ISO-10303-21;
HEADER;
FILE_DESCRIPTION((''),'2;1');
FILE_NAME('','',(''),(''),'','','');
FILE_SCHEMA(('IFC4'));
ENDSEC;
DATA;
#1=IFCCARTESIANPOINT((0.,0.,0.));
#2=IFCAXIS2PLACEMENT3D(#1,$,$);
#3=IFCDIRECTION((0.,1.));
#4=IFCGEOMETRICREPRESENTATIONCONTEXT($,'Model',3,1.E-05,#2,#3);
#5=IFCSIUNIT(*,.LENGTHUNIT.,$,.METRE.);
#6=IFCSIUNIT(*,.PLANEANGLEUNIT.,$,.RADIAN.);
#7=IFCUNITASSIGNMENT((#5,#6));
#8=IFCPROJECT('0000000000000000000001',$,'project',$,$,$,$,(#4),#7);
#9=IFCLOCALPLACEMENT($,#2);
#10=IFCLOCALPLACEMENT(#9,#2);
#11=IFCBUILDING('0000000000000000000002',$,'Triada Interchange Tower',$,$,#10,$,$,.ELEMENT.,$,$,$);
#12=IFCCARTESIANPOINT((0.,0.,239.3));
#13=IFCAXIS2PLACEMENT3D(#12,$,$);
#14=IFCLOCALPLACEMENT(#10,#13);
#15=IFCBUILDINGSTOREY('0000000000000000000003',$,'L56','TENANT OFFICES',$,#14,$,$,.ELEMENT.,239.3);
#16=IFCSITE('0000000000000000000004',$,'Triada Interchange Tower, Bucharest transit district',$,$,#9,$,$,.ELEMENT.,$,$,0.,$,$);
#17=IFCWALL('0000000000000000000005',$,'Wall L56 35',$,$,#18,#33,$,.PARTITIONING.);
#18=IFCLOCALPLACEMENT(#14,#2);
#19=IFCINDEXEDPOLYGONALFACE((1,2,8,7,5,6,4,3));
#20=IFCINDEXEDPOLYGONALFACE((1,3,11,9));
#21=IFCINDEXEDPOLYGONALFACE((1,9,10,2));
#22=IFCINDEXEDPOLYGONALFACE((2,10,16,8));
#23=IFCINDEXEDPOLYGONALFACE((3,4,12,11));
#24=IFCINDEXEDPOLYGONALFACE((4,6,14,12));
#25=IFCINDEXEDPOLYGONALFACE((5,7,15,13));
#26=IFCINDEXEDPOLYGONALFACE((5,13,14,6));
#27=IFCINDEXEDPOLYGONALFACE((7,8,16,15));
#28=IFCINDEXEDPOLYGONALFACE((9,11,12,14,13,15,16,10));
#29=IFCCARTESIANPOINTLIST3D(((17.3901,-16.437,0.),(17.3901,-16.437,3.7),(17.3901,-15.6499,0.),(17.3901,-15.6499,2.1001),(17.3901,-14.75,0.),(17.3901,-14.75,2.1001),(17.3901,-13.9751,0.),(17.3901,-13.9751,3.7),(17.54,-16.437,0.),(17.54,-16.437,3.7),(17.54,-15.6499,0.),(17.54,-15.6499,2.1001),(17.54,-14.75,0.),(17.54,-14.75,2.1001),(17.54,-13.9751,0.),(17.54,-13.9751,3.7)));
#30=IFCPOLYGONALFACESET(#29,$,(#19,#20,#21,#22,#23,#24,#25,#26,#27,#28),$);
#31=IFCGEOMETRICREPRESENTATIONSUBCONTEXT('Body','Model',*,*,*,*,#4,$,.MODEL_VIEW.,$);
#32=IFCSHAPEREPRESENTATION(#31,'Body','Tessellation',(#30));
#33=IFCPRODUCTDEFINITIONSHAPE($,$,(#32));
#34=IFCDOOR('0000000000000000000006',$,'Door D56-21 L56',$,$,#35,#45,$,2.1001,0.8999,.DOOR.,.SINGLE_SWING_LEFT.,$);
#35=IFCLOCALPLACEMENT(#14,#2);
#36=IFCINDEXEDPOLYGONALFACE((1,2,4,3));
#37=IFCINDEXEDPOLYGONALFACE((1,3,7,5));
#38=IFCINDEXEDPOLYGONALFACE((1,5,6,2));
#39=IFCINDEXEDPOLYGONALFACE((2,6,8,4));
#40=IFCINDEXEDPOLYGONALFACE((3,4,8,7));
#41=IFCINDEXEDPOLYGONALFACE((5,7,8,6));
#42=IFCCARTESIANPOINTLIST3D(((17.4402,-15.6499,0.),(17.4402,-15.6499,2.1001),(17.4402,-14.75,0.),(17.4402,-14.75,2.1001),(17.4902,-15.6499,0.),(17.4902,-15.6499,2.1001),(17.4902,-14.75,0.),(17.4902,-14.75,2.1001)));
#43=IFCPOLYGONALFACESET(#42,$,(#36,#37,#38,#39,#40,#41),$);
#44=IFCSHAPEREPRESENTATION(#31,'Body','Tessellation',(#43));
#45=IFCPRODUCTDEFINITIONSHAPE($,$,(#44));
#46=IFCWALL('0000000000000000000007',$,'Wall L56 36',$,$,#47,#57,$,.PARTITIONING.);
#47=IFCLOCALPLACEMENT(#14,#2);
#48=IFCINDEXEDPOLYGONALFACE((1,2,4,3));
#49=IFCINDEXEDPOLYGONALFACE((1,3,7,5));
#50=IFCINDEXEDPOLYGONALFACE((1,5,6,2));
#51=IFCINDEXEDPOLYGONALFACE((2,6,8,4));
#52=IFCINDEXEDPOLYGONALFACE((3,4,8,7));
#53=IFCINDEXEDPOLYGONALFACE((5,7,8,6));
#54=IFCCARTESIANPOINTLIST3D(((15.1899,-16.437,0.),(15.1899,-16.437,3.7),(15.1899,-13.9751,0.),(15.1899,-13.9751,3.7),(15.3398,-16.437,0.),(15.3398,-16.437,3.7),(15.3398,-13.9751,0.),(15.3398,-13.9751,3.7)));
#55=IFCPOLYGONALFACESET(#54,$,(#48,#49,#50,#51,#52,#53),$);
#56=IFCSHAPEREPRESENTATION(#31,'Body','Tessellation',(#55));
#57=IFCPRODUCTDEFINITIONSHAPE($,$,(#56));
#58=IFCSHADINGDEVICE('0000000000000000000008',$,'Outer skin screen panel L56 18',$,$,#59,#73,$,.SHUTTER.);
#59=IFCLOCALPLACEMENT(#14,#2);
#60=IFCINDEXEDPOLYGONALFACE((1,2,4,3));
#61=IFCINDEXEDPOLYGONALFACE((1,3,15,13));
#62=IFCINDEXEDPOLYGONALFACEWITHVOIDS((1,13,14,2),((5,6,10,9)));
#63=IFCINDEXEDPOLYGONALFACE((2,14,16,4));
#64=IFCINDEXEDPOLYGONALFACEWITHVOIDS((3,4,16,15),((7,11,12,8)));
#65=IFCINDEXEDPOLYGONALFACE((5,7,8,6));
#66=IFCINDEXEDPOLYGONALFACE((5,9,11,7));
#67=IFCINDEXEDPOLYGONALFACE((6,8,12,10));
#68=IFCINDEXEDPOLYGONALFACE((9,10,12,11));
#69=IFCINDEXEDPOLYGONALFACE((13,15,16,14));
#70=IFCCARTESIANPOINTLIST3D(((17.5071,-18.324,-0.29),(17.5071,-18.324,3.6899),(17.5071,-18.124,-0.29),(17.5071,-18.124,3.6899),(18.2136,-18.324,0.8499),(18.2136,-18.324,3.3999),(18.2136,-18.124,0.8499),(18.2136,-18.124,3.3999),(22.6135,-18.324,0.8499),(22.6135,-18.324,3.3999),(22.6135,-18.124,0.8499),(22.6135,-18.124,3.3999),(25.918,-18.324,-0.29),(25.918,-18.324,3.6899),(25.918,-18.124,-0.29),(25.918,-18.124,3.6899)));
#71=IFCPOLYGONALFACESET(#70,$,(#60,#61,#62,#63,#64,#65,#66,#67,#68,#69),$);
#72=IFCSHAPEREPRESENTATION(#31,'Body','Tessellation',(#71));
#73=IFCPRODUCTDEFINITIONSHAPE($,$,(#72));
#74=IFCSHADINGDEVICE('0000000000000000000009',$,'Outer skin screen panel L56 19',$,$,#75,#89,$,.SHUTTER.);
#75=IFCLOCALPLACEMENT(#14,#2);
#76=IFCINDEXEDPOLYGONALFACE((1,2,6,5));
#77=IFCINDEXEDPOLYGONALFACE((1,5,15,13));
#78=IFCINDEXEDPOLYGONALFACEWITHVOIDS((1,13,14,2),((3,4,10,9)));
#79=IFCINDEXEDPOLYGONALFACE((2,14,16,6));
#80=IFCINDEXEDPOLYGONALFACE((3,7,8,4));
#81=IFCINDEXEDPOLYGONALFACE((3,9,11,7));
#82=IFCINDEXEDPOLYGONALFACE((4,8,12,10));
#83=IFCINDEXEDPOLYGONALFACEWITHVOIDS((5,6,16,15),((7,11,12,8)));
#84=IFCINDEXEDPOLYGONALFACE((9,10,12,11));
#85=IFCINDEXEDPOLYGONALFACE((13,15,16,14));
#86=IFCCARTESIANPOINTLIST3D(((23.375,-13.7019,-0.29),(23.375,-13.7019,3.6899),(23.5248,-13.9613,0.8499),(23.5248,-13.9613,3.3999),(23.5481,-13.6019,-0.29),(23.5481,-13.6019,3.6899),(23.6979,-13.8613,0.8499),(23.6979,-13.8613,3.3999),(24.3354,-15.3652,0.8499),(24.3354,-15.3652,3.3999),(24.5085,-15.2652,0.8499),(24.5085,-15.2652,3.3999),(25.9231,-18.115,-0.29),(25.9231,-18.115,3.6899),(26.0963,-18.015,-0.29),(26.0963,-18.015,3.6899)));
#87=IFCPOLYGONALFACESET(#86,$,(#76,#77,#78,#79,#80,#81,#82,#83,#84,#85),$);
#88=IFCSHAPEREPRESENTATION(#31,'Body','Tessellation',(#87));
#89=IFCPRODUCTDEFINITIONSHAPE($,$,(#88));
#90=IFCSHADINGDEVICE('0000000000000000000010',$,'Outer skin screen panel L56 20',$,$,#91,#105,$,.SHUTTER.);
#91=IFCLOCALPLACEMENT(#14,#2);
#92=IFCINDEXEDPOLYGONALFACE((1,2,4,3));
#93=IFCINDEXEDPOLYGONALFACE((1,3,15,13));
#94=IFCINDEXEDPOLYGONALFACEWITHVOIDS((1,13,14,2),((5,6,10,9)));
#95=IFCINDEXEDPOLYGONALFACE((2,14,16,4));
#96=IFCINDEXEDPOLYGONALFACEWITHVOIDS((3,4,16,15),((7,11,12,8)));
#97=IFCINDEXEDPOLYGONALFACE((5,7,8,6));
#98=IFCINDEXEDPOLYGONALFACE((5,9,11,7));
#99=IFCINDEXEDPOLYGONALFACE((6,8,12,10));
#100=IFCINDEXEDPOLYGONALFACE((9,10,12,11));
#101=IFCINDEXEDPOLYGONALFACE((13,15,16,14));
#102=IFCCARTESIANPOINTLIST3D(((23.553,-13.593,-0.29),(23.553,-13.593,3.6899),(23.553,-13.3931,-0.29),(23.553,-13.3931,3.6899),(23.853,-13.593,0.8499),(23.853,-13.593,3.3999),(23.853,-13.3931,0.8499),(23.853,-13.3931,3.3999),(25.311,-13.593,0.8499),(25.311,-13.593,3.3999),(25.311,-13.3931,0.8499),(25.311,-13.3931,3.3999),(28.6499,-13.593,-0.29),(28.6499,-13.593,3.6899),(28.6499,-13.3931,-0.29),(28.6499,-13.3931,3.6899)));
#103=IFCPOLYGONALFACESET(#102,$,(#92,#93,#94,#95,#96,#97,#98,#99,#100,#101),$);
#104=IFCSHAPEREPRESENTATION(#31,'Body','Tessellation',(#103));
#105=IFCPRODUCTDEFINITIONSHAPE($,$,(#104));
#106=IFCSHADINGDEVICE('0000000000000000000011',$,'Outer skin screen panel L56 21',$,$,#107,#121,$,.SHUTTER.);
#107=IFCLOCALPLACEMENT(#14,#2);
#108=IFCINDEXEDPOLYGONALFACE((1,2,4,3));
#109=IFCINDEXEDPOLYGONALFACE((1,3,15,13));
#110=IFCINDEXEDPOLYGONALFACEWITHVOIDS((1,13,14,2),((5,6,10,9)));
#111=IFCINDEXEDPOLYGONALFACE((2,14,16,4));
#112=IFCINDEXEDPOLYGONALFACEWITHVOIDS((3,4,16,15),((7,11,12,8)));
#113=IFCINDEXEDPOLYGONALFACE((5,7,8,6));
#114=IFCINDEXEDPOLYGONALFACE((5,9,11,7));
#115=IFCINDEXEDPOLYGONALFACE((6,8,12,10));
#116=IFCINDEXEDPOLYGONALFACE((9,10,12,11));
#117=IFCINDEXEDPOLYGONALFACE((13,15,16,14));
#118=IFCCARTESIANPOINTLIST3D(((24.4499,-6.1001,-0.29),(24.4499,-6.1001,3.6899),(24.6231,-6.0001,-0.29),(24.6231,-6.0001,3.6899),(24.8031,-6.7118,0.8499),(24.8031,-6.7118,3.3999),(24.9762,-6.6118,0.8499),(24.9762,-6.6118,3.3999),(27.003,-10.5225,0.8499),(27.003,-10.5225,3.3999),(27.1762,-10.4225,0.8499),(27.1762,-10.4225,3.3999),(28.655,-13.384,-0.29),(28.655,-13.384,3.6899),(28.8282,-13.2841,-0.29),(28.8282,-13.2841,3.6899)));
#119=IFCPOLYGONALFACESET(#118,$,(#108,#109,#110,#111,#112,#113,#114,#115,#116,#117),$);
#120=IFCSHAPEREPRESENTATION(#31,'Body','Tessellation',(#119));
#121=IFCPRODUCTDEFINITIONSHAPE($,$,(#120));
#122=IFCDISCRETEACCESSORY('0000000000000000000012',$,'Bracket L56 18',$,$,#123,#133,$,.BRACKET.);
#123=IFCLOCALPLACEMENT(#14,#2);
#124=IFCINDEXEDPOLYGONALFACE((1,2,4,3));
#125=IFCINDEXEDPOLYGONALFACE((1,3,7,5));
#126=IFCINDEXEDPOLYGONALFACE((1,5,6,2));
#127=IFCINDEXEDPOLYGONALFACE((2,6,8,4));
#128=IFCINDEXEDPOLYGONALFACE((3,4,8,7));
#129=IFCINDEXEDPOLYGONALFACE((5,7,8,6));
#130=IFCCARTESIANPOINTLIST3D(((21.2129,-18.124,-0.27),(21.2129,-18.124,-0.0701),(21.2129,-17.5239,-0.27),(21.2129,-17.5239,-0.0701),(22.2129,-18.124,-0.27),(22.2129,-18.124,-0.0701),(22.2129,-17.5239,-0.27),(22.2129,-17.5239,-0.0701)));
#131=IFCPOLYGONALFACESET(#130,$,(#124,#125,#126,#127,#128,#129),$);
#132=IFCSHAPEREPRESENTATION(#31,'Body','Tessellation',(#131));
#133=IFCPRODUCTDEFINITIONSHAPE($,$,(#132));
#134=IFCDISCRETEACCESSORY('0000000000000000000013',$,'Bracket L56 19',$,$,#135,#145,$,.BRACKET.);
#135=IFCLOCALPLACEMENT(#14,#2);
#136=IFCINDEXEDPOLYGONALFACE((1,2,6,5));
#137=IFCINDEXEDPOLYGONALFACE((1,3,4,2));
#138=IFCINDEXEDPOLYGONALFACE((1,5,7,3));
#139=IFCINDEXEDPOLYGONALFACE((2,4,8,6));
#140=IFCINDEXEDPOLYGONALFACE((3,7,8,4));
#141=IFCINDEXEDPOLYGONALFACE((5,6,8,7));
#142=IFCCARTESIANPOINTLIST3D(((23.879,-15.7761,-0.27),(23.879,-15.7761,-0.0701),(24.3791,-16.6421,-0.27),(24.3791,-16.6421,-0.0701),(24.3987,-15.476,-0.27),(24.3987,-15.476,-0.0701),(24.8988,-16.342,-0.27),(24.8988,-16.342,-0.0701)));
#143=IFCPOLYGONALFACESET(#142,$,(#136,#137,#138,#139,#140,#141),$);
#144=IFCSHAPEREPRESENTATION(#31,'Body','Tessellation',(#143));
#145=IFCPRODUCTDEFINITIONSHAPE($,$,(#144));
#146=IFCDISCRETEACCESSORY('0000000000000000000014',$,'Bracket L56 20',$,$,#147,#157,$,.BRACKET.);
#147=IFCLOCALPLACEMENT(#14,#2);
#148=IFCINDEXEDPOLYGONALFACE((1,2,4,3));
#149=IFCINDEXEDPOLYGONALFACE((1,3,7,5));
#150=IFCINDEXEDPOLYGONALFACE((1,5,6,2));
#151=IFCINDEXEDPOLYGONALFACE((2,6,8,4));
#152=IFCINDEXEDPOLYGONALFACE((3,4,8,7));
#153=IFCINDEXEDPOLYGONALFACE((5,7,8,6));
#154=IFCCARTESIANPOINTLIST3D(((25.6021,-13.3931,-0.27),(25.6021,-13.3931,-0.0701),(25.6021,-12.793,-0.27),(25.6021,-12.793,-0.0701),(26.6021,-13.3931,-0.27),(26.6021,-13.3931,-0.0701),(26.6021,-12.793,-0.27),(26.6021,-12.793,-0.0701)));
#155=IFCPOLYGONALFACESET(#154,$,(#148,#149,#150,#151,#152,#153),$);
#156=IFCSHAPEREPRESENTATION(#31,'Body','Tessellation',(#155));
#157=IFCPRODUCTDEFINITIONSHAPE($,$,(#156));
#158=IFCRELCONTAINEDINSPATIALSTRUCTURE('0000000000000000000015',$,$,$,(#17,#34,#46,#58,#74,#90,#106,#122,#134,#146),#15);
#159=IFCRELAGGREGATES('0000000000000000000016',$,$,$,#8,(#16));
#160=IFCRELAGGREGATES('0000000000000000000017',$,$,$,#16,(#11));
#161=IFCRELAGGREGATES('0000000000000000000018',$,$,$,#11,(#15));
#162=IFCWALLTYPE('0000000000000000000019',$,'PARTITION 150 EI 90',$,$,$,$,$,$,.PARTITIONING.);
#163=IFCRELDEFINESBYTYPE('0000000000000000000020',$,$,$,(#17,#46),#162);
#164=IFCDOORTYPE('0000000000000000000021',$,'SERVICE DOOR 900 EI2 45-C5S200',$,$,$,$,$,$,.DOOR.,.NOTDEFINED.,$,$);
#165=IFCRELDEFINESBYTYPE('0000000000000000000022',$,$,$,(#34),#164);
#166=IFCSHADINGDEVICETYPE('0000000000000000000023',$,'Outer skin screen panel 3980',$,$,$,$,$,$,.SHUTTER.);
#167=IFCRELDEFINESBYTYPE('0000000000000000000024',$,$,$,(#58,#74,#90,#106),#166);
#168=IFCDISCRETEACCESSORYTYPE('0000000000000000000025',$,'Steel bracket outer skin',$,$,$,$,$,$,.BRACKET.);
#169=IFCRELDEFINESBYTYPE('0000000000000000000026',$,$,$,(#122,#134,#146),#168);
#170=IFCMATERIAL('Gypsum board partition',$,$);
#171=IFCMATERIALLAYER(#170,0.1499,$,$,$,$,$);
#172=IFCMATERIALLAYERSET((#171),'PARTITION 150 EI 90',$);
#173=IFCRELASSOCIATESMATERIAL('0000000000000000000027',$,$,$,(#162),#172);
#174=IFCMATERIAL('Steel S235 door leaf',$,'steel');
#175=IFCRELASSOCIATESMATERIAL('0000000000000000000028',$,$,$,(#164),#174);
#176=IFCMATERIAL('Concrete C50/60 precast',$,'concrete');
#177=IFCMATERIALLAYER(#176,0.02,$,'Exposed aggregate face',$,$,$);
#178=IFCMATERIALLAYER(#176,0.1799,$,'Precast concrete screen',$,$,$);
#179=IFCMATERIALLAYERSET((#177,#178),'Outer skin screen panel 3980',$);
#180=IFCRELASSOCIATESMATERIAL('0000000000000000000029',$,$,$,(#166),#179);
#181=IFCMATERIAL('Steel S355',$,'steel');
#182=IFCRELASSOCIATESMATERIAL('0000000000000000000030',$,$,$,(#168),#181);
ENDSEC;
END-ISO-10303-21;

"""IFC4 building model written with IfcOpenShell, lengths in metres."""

from ifc_helpers import new_model, si_unit, direction, frame, frame_2d, origin, origin_2d, place, context, subcontext, project, spatial, polyline, rectangle, outline, extrude, material, layer, layer_set, type_object, element, fill, save


model = new_model("IFC4")

# Units and contexts
model_context = context("Model", 3, precision=1e-05, world=origin(), true_north=direction((0.0, 1.0)))
body_context = subcontext(model_context, "Body", "Model", "MODEL_VIEW")
ifc_project = project(units=[si_unit("LENGTHUNIT", "METRE"), si_unit("PLANEANGLEUNIT", "RADIAN")], contexts=[model_context])

# Site, building, storey
site_placement = place(None, origin())
site = spatial("IfcSite", under=ifc_project, at=site_placement, Name="Triada Interchange Tower, Bucharest transit district", CompositionType="ELEMENT", RefElevation=0.0)
building_placement = place(site_placement, origin())
building = spatial("IfcBuilding", under=site, at=building_placement, Name="Triada Interchange Tower", CompositionType="ELEMENT")
storey_placement = place(building_placement, frame((0.0, 0.0, 239.3)))
storey = spatial("IfcBuildingStorey", under=building, at=storey_placement, Name="L56", Description="TENANT OFFICES", CompositionType="ELEMENT", Elevation=239.3)

# Wall, opening, door
ifc_material_1 = material(Name="Gypsum board partition")
ifc_layer_1 = layer(ifc_material_1, 0.1499)
ifc_layer_set_1 = layer_set([ifc_layer_1], Name="PARTITION 150 EI 90")
wall_type_1 = type_object("IfcWallType", Name="PARTITION 150 EI 90", PredefinedType="PARTITIONING", material=ifc_layer_set_1)
wall_1_placement = place(storey_placement, frame((17.4651, -16.437, 0.0), z_axis=(0.0, 0.0, 1.0), x_axis=(0.0, 1.0, 0.0)))
wall_1 = element("IfcWall", 1, at=wall_1_placement, inside=storey, type_object=wall_type_1, Name="Wall L56 35", PredefinedType="PARTITIONING", context=body_context, shape_type="SweptSolid", body=[
    extrude(rectangle(XDim=2.4619, YDim=0.1499, at=frame_2d((1.231, 0.0))), origin(), (0.0, 0.0, 1.0), 3.7),
])
opening_1_placement = place(wall_1_placement, frame((0.7871, 0.0, 0.0)))
opening_1 = element("IfcOpeningElement", 2, at=opening_1_placement, cuts=wall_1, PredefinedType="OPENING", context=body_context, shape_type="SweptSolid", body=[
    extrude(rectangle(XDim=0.8999, YDim=2.1001, at=frame_2d((0.45, 1.05))), frame((0.0, 0.085, 0.0), z_axis=(0.0, -1.0, 0.0), x_axis=(1.0, 0.0, 0.0)), (0.0, 0.0, 1.0), 0.1699),
])
ifc_material_2 = material(Name="Steel S235 door leaf", Category="steel")
door_type = type_object("IfcDoorType", Name="SERVICE DOOR 900 EI2 45-C5S200", OperationType="NOTDEFINED", PredefinedType="DOOR", material=ifc_material_2)
door_placement = place(opening_1_placement, origin())
door = element("IfcDoor", 3, at=door_placement, inside=storey, type_object=door_type, Name="Door D56-21 L56", OperationType="SINGLE_SWING_LEFT", OverallHeight=2.1001, OverallWidth=0.8999, PredefinedType="DOOR", context=body_context, shape_type="SweptSolid", body=[
    extrude(rectangle(XDim=0.8999, YDim=2.1001, at=frame_2d((0.45, 1.05))), frame((0.0, 0.0249, 0.0), z_axis=(0.0, -1.0, 0.0), x_axis=(1.0, 0.0, 0.0)), (0.0, 0.0, 1.0), 0.05),
])
fill(opening_1, door)

# Wall
wall_2_placement = place(storey_placement, frame((15.2649, -16.437, 0.0), z_axis=(0.0, 0.0, 1.0), x_axis=(0.0, 1.0, 0.0)))
element("IfcWall", 4, at=wall_2_placement, inside=storey, type_object=wall_type_1, Name="Wall L56 36", PredefinedType="PARTITIONING", context=body_context, shape_type="SweptSolid", body=[
    extrude(rectangle(XDim=2.4619, YDim=0.1499, at=frame_2d((1.231, 0.0))), origin(), (0.0, 0.0, 1.0), 3.7),
])

# Shading devices
ifc_material_3 = material(Name="Concrete C50/60 precast", Category="concrete")
ifc_layer_2 = layer(ifc_material_3, 0.02, Name="Exposed aggregate face")
ifc_layer_3 = layer(ifc_material_3, 0.1799, Name="Precast concrete screen")
ifc_layer_set_2 = layer_set([ifc_layer_2, ifc_layer_3], Name="Outer skin screen panel 3980")
shading_device_type = type_object("IfcShadingDeviceType", Name="Outer skin screen panel 3980", PredefinedType="SHUTTER", material=ifc_layer_set_2)
shading_device_1_placement = place(storey_placement, frame((17.5071, -18.124, -0.29), z_axis=(0.0, 0.0, 1.0), x_axis=(1.0, 0.0, 0.0)))
element("IfcShadingDevice", 5, at=shading_device_1_placement, inside=storey, type_object=shading_device_type, Name="Outer skin screen panel L56 18", PredefinedType="SHUTTER", context=body_context, shape_type="SweptSolid", body=[
    extrude(outline(polyline([(0.0, 0.0), (8.4109, 0.0), (8.4109, 3.98), (0.0, 3.98), (0.0, 0.0)]), holes=[polyline([(0.7065, 1.1399), (0.7065, 3.6899), (5.1064, 3.6899), (5.1064, 1.1399), (0.7065, 1.1399)])]), frame((0.0, 0.0, 0.0), z_axis=(0.0, -1.0, 0.0), x_axis=(1.0, 0.0, 0.0)), (0.0, 0.0, 1.0), 0.2),
])
shading_device_2_placement = place(storey_placement, frame((25.9231, -18.115, -0.29), z_axis=(0.0, 0.0, 1.0), x_axis=(-0.500029, 0.866008, 0.0)))
element("IfcShadingDevice", 6, at=shading_device_2_placement, inside=storey, type_object=shading_device_type, Name="Outer skin screen panel L56 19", PredefinedType="SHUTTER", context=body_context, shape_type="SweptSolid", body=[
    extrude(outline(polyline([(0.0, 0.0), (5.0959, 0.0), (5.0959, 3.98), (0.0, 3.98), (0.0, 0.0)]), holes=[polyline([(3.1753, 1.1399), (3.1753, 3.6899), (4.7964, 3.6899), (4.7964, 1.1399), (3.1753, 1.1399)])]), frame((0.0, 0.0, 0.0), z_axis=(0.0, -1.0, 0.0), x_axis=(1.0, 0.0, 0.0)), (0.0, 0.0, 1.0), 0.2),
])
shading_device_3_placement = place(storey_placement, frame((23.553, -13.3931, -0.29), z_axis=(0.0, 0.0, 1.0), x_axis=(1.0, 0.0, 0.0)))
element("IfcShadingDevice", 7, at=shading_device_3_placement, inside=storey, type_object=shading_device_type, Name="Outer skin screen panel L56 20", PredefinedType="SHUTTER", context=body_context, shape_type="SweptSolid", body=[
    extrude(outline(polyline([(0.0, 0.0), (5.0969, 0.0), (5.0969, 3.98), (0.0, 3.98), (0.0, 0.0)]), holes=[polyline([(0.3, 1.1399), (0.3, 3.6899), (1.7581, 3.6899), (1.7581, 1.1399), (0.3, 1.1399)])]), frame((0.0, 0.0, 0.0), z_axis=(0.0, -1.0, 0.0), x_axis=(1.0, 0.0, 0.0)), (0.0, 0.0, 1.0), 0.2),
])
shading_device_4_placement = place(storey_placement, frame((28.655, -13.384, -0.29), z_axis=(0.0, 0.0, 1.0), x_axis=(-0.499973, 0.866041, 0.0)))
element("IfcShadingDevice", 8, at=shading_device_4_placement, inside=storey, type_object=shading_device_type, Name="Outer skin screen panel L56 21", PredefinedType="SHUTTER", context=body_context, shape_type="SweptSolid", body=[
    extrude(outline(polyline([(0.0, 0.0), (8.4106, 0.0), (8.4106, 3.98), (0.0, 3.98), (0.0, 0.0)]), holes=[polyline([(3.3042, 1.1399), (3.3042, 3.6899), (7.7043, 3.6899), (7.7043, 1.1399), (3.3042, 1.1399)])]), frame((0.0, 0.0, 0.0), z_axis=(0.0, -1.0, 0.0), x_axis=(1.0, 0.0, 0.0)), (0.0, 0.0, 1.0), 0.2),
])

# Discrete accessories
ifc_material_4 = material(Name="Steel S355", Category="steel")
discrete_accessory_type = type_object("IfcDiscreteAccessoryType", Name="Steel bracket outer skin", PredefinedType="BRACKET", material=ifc_material_4)
for number, where, z_axis, x_axis, name in (
    (9, (21.7129, -17.824, -0.27), (0.0, 0.0, 1.0), (0.0, -1.0, 0.0), "Bracket L56 18"),
    (10, (24.3889, -16.0591, -0.27), (0.0, 0.0, 1.0), (0.865981, 0.500076, 0.0), "Bracket L56 19"),
    (11, (26.1021, -13.093, -0.27), (0.0, 0.0, 1.0), (0.0, -1.0, 0.0), "Bracket L56 20"),
):
    element("IfcDiscreteAccessory", number, at=place(storey_placement, frame(where, z_axis=z_axis, x_axis=x_axis)), inside=storey, type_object=discrete_accessory_type, Name=name, PredefinedType="BRACKET", context=body_context, shape_type="SweptSolid", body=[
        extrude(rectangle(XDim=0.6001, YDim=1.0, at=origin_2d()), origin(), (0.0, 0.0, 1.0), 0.2),
    ])

save(model, "model.ifc")
